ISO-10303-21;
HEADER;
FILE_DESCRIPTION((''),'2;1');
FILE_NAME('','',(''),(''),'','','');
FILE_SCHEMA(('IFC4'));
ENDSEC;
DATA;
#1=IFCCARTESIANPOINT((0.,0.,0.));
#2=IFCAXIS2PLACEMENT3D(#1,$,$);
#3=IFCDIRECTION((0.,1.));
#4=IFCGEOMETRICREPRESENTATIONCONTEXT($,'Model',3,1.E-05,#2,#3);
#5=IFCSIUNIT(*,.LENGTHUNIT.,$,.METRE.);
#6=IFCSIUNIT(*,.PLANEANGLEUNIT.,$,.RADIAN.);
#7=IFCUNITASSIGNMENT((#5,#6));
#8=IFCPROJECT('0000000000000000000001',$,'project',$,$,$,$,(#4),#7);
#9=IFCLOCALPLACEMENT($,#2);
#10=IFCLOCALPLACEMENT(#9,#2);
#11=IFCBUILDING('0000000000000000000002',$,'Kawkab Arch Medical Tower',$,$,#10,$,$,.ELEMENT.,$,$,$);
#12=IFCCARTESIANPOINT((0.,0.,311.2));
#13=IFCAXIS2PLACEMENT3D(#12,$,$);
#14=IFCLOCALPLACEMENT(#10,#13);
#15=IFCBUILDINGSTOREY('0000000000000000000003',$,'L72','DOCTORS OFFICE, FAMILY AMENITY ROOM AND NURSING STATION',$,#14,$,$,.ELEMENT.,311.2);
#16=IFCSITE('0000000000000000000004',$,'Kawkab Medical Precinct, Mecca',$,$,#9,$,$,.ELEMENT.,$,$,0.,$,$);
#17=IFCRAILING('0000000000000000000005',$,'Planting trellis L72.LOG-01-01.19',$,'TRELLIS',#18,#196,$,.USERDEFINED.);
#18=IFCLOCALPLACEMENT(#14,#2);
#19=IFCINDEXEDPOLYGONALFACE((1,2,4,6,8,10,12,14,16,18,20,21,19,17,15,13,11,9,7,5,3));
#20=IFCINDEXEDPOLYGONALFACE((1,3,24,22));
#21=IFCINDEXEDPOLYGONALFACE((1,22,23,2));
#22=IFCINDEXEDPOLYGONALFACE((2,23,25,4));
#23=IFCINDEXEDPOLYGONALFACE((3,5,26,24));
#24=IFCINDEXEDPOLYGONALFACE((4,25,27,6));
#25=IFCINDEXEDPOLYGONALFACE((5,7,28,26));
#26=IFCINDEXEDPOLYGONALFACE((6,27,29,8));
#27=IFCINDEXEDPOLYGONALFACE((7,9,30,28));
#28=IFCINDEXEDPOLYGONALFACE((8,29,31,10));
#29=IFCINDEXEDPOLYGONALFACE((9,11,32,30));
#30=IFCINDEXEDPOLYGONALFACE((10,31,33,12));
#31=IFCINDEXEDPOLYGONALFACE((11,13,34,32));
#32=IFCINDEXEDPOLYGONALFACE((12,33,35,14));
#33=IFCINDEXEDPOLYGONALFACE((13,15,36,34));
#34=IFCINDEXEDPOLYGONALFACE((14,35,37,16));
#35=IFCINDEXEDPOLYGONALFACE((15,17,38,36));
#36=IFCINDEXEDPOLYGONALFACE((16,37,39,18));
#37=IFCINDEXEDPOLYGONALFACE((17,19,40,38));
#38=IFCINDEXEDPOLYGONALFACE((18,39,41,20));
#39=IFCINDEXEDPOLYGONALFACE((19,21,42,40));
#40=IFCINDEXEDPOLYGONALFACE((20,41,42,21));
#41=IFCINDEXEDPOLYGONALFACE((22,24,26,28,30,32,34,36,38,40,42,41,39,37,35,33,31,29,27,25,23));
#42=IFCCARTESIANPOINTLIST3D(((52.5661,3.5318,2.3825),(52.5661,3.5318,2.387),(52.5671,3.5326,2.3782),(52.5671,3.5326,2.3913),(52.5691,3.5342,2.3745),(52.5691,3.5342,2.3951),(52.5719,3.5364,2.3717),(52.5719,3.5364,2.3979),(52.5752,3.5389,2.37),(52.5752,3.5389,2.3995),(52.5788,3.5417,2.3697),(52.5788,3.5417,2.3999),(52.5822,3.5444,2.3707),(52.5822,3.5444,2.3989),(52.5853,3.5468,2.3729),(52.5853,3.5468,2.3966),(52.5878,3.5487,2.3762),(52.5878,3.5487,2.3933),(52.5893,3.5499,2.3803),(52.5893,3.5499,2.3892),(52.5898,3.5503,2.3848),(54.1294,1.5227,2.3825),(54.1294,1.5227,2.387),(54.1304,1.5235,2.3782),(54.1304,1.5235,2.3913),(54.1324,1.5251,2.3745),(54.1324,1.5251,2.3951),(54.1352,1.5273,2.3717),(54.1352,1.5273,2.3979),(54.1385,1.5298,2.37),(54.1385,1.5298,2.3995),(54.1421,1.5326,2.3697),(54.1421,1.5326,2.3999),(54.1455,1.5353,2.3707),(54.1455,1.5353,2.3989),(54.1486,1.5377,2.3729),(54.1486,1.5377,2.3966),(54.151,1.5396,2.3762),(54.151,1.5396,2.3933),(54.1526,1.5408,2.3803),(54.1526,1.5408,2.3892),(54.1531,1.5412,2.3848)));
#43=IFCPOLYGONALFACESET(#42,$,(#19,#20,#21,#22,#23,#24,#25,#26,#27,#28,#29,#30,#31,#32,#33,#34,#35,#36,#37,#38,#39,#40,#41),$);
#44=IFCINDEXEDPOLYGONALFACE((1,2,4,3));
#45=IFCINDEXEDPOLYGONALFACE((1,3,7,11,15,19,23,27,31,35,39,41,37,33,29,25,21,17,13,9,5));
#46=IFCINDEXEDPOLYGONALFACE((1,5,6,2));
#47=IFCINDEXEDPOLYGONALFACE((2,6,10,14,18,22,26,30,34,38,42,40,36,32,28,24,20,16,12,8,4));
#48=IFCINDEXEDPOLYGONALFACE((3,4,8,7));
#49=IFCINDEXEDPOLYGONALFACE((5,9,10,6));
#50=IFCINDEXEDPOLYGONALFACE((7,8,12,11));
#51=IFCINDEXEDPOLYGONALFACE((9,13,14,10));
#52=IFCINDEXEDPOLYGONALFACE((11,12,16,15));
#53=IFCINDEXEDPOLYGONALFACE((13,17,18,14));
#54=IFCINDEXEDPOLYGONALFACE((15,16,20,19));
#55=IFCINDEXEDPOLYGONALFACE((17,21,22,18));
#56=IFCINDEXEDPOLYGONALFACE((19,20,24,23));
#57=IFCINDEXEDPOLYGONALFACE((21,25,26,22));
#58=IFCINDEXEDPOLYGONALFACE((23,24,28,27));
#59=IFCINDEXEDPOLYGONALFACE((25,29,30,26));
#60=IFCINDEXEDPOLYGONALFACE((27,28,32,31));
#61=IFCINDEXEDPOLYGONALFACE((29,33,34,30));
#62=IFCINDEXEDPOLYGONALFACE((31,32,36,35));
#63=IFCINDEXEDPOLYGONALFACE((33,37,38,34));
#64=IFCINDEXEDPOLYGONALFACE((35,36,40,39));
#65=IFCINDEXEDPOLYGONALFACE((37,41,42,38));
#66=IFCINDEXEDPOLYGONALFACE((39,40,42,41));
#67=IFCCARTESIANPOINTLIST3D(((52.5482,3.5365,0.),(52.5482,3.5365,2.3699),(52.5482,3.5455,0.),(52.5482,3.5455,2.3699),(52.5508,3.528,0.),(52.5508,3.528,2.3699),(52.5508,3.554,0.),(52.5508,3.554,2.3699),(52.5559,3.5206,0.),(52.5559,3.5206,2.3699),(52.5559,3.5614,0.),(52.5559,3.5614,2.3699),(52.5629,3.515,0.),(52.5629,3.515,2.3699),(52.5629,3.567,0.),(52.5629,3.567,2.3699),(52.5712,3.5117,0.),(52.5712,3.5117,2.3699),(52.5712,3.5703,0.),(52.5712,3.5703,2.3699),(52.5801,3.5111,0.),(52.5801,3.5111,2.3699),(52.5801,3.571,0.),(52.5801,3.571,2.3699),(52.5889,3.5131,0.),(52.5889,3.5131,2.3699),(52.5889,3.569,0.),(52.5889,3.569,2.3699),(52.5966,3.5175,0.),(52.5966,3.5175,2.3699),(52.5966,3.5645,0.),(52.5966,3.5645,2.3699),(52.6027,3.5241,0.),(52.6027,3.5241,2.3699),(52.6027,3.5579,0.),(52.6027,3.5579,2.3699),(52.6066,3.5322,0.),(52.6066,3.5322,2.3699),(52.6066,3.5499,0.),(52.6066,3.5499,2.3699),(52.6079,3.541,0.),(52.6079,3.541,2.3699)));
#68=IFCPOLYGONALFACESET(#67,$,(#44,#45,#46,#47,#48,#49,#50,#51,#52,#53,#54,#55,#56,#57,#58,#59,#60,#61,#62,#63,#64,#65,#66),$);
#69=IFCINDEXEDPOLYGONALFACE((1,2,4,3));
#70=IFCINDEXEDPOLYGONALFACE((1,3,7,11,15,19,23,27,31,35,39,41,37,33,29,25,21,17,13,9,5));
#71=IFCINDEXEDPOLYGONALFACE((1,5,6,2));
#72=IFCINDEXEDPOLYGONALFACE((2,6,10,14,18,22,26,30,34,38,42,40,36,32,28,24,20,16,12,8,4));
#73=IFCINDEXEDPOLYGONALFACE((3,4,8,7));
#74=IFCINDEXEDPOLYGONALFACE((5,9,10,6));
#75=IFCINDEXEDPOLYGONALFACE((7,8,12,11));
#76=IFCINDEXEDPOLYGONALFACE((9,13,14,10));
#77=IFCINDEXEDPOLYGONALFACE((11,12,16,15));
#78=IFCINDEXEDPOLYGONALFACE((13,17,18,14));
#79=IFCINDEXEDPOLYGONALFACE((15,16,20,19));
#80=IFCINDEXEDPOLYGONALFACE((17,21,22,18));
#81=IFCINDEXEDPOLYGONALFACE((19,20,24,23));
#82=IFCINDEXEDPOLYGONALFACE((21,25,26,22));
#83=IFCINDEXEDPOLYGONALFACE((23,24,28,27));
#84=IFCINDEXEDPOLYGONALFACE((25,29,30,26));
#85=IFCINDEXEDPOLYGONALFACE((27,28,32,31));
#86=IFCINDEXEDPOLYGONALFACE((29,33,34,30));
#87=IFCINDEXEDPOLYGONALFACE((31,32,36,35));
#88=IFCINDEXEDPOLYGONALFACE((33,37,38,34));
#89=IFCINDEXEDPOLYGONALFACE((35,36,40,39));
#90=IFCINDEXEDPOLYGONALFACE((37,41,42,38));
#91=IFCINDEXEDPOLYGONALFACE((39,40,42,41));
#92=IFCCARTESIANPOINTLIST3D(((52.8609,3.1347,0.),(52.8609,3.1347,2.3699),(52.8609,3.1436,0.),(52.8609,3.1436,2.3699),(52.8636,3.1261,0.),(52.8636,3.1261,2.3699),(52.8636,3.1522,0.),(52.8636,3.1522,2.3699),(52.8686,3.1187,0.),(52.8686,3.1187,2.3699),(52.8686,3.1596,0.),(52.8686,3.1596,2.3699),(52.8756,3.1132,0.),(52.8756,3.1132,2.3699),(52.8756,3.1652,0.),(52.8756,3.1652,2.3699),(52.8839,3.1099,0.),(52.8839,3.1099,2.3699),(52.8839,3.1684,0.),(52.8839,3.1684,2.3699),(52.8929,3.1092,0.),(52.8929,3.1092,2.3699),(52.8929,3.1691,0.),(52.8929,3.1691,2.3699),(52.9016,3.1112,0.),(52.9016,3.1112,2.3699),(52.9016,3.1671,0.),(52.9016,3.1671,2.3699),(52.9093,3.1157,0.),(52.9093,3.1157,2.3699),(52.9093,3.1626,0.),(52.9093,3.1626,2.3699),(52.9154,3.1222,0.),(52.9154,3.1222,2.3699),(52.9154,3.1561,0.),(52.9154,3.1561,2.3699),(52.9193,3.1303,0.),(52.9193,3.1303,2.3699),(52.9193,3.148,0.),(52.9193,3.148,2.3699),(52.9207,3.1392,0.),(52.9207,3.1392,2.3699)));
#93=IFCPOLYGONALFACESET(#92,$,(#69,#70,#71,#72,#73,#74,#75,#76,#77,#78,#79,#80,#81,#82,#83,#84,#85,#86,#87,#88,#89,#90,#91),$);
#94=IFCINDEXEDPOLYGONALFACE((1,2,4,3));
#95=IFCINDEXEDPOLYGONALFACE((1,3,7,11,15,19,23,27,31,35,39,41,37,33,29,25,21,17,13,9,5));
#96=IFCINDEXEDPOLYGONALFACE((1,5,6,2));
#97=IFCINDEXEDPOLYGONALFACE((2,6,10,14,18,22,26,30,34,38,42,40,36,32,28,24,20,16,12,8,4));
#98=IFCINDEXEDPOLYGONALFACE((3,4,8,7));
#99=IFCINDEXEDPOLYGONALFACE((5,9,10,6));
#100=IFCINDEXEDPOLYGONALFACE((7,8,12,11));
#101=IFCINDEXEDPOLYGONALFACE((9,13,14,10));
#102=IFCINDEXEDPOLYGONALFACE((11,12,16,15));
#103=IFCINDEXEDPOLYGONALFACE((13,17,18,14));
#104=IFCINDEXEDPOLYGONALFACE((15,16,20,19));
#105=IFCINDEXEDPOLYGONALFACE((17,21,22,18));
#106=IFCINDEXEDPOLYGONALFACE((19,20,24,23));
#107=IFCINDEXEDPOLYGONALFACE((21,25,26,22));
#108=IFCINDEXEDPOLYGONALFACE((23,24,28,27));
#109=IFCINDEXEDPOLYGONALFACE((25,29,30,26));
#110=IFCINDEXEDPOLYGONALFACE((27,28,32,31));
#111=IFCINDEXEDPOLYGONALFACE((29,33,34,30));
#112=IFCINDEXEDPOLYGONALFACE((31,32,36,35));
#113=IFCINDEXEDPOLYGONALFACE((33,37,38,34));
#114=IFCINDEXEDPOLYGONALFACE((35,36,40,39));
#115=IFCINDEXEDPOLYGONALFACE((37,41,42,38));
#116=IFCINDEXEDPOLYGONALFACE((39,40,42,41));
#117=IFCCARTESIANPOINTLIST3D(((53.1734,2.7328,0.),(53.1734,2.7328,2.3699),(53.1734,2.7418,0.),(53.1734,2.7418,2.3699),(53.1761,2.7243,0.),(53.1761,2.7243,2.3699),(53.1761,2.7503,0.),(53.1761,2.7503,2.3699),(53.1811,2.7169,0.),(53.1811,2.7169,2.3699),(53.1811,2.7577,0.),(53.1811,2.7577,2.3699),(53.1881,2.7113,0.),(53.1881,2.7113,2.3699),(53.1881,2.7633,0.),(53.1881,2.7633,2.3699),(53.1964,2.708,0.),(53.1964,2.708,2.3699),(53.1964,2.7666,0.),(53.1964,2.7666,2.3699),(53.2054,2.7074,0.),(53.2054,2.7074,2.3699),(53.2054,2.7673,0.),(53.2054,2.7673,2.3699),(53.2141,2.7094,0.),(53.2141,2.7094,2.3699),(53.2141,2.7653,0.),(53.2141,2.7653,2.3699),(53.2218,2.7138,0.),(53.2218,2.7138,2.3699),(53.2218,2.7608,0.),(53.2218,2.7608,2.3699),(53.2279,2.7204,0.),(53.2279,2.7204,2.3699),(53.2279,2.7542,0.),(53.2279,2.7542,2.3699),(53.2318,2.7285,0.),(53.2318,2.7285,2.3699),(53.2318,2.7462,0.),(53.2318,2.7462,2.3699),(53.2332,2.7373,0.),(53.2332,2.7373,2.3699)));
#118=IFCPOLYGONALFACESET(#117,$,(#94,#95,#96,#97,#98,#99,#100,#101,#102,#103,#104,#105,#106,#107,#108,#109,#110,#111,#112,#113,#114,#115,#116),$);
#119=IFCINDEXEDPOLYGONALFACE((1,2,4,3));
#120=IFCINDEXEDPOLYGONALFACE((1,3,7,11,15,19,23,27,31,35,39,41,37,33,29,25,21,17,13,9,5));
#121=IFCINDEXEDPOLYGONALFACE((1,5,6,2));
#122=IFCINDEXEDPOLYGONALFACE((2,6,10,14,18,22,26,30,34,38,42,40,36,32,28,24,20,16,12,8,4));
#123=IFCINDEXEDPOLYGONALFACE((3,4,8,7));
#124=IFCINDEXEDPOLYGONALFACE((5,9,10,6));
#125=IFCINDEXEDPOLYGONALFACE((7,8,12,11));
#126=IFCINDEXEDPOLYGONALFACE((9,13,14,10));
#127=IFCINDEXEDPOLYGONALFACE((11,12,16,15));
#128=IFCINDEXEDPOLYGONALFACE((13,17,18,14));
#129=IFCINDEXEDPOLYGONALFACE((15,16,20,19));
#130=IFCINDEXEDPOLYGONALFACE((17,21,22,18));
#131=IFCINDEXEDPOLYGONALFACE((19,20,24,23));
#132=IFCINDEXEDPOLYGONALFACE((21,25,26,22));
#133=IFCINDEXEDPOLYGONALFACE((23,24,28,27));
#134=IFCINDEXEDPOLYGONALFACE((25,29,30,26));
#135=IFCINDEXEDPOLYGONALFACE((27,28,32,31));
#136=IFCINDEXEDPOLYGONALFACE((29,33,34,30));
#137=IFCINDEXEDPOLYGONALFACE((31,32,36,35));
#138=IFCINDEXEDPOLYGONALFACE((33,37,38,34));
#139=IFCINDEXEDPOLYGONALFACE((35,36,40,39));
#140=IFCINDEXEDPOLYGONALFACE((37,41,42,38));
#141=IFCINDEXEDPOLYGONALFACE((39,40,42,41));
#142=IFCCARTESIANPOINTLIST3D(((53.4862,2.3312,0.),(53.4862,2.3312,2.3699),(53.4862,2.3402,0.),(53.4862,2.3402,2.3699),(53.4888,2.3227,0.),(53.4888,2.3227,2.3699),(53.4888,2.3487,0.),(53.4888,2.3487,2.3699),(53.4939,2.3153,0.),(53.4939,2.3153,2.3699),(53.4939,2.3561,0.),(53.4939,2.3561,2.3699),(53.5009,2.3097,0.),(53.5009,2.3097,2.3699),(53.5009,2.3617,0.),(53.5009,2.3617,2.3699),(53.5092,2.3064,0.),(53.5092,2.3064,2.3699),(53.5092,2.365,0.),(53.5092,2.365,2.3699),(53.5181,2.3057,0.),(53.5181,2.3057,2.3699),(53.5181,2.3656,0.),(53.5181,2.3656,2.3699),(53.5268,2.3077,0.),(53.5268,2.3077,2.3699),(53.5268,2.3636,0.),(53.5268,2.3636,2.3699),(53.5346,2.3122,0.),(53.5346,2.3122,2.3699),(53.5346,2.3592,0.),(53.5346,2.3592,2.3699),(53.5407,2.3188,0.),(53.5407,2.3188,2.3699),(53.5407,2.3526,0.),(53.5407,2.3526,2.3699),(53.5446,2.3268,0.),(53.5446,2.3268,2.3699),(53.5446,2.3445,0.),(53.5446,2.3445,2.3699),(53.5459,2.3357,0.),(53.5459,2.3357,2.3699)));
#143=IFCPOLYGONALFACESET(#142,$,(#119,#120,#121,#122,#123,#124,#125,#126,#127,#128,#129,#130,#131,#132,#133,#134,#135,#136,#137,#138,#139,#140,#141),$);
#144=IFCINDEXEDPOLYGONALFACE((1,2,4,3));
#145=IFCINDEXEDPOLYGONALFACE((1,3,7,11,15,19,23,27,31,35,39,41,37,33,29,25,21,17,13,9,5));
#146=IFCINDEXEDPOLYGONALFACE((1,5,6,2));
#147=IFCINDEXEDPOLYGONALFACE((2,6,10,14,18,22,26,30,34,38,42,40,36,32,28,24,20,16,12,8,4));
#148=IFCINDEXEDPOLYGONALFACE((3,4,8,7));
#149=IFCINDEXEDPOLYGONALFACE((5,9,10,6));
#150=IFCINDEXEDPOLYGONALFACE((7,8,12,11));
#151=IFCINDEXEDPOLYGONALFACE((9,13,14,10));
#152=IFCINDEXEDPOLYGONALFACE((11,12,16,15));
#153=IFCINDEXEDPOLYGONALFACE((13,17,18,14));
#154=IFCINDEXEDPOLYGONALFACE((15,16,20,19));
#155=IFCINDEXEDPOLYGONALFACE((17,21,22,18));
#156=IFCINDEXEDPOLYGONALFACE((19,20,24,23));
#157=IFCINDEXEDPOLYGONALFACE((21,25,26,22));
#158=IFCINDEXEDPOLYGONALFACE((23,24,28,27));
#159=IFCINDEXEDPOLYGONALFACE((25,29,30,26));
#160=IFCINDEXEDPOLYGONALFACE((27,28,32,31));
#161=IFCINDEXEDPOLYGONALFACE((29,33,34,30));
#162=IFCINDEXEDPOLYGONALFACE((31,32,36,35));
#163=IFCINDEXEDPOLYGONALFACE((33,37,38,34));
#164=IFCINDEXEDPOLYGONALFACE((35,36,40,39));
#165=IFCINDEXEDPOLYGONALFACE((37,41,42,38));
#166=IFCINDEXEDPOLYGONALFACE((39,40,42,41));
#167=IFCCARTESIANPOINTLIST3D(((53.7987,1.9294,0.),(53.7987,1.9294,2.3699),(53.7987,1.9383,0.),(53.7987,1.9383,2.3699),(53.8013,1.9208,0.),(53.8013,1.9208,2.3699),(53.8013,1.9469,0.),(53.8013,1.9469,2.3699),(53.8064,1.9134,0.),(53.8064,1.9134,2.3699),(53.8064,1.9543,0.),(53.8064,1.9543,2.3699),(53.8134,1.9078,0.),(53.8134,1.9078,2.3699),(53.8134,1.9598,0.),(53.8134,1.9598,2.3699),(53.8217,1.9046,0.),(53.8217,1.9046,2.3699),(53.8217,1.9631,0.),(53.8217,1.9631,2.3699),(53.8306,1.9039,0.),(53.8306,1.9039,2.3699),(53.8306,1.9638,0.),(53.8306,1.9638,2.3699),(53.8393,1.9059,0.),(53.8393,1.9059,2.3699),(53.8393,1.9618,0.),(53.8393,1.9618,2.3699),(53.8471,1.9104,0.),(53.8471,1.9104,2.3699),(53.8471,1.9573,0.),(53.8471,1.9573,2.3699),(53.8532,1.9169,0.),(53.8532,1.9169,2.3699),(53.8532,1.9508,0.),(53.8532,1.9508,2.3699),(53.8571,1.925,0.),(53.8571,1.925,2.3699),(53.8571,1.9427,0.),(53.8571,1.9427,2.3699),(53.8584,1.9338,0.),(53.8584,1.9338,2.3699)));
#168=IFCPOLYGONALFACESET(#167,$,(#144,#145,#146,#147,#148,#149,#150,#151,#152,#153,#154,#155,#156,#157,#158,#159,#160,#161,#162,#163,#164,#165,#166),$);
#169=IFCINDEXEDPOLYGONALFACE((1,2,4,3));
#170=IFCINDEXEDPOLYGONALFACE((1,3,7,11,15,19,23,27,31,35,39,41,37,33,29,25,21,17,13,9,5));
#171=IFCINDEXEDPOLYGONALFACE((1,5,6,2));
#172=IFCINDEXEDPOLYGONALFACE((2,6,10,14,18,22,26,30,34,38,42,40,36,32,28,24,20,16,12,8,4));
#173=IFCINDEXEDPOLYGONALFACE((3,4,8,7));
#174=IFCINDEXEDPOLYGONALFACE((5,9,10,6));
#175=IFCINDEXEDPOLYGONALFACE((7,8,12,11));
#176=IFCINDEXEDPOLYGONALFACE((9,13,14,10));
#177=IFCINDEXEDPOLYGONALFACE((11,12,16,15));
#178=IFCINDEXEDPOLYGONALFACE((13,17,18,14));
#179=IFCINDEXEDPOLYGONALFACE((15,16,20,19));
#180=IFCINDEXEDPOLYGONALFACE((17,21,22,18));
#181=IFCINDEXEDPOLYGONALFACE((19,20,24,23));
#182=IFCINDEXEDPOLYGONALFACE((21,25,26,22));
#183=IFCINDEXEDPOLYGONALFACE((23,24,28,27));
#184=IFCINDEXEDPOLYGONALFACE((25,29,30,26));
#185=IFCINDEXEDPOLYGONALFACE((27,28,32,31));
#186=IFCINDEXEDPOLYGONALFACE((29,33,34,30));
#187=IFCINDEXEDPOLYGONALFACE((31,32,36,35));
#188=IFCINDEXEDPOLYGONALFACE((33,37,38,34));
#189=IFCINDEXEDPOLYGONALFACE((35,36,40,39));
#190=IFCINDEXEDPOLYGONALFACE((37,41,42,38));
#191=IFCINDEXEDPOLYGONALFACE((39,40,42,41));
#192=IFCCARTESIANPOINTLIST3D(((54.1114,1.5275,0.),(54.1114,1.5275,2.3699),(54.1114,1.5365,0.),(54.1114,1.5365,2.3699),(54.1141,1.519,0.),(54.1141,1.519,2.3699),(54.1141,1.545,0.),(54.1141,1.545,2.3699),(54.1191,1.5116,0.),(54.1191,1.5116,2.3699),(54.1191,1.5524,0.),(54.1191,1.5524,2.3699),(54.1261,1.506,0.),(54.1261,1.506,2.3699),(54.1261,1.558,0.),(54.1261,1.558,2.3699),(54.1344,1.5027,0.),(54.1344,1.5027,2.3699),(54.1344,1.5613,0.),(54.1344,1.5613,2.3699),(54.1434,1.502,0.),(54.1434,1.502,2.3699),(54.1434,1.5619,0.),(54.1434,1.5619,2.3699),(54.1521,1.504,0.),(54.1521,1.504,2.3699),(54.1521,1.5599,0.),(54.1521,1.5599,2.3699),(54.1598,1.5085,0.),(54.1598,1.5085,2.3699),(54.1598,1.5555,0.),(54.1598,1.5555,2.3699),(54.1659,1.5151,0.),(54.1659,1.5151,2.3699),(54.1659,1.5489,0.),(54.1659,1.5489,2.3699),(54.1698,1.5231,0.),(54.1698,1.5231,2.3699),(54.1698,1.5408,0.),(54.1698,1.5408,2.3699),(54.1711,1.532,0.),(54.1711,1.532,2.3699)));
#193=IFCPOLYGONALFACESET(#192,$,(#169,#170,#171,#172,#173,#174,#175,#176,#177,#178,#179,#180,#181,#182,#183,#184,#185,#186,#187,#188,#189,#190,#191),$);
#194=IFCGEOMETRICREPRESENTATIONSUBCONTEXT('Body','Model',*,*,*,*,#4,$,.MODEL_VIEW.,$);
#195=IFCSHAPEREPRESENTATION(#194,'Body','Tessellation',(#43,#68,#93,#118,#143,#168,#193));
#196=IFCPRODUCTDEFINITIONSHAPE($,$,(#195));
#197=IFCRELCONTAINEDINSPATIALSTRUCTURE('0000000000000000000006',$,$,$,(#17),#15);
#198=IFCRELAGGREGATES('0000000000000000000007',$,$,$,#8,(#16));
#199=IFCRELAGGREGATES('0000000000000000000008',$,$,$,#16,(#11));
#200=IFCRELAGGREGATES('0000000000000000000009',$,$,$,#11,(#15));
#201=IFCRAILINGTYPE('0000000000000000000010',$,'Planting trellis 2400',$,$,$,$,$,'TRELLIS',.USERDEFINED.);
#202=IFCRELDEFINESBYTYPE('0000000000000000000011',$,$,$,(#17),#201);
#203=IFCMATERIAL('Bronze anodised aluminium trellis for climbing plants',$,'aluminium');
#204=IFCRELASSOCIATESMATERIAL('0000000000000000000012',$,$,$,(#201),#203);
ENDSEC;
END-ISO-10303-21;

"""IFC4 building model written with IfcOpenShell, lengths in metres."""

from ifc_helpers import new_model, si_unit, direction, frame, origin, origin_2d, place, context, subcontext, project, spatial, circle, extrude, material, type_object, element, save


model = new_model("IFC4")

# Units and contexts
model_context = context("Model", 3, precision=1e-05, world=origin(), true_north=direction((0.0, 1.0)))
body_context = subcontext(model_context, "Body", "Model", "MODEL_VIEW")
ifc_project = project(units=[si_unit("LENGTHUNIT", "METRE"), si_unit("PLANEANGLEUNIT", "RADIAN")], contexts=[model_context])

# Site, building, storey
site_placement = place(None, origin())
site = spatial("IfcSite", under=ifc_project, at=site_placement, Name="Kawkab Medical Precinct, Mecca", CompositionType="ELEMENT", RefElevation=0.0)
building_placement = place(site_placement, origin())
building = spatial("IfcBuilding", under=site, at=building_placement, Name="Kawkab Arch Medical Tower", CompositionType="ELEMENT")
storey_placement = place(building_placement, frame((0.0, 0.0, 311.2)))
storey = spatial("IfcBuildingStorey", under=building, at=storey_placement, Name="L72", Description="DOCTORS OFFICE, FAMILY AMENITY ROOM AND NURSING STATION", CompositionType="ELEMENT", Elevation=311.2)

# Railing
ifc_material_1 = material(Name="Bronze anodised aluminium trellis for climbing plants", Category="aluminium")
railing_type = type_object("IfcRailingType", Name="Planting trellis 2400", ElementType="TRELLIS", PredefinedType="USERDEFINED", material=ifc_material_1)
railing_1_placement = place(storey_placement, frame((52.5779, 3.541, 0.0)))
element("IfcRailing", 1, at=railing_1_placement, inside=storey, type_object=railing_type, Name="Planting trellis L72.LOG-01-01.19", ObjectType="TRELLIS", PredefinedType="USERDEFINED", context=body_context, shape_type="SweptSolid", body=[
    extrude(circle(Radius=0.0151, at=origin_2d()), frame((0.0, 0.0, 2.3848), z_axis=(0.6141, -0.789228, 0.0), x_axis=(0.789228, 0.6141, 0.0)), (0.0, 0.0, 1.0), 2.5457),
    extrude(circle(Radius=0.03, at=origin_2d()), origin(), (0.0, 0.0, 1.0), 2.3699),
    extrude(circle(Radius=0.03, at=origin_2d()), frame((0.3127, -0.4019, 0.0)), (0.0, 0.0, 1.0), 2.3699),
    extrude(circle(Radius=0.03, at=origin_2d()), frame((0.6252, -0.8037, 0.0)), (0.0, 0.0, 1.0), 2.3699),
    extrude(circle(Radius=0.03, at=origin_2d()), frame((0.938, -1.2053, 0.0)), (0.0, 0.0, 1.0), 2.3699),
    extrude(circle(Radius=0.03, at=origin_2d()), frame((1.2505, -1.6072, 0.0)), (0.0, 0.0, 1.0), 2.3699),
    extrude(circle(Radius=0.03, at=origin_2d()), frame((1.5632, -2.009, 0.0)), (0.0, 0.0, 1.0), 2.3699),
])

save(model, "model.ifc")
